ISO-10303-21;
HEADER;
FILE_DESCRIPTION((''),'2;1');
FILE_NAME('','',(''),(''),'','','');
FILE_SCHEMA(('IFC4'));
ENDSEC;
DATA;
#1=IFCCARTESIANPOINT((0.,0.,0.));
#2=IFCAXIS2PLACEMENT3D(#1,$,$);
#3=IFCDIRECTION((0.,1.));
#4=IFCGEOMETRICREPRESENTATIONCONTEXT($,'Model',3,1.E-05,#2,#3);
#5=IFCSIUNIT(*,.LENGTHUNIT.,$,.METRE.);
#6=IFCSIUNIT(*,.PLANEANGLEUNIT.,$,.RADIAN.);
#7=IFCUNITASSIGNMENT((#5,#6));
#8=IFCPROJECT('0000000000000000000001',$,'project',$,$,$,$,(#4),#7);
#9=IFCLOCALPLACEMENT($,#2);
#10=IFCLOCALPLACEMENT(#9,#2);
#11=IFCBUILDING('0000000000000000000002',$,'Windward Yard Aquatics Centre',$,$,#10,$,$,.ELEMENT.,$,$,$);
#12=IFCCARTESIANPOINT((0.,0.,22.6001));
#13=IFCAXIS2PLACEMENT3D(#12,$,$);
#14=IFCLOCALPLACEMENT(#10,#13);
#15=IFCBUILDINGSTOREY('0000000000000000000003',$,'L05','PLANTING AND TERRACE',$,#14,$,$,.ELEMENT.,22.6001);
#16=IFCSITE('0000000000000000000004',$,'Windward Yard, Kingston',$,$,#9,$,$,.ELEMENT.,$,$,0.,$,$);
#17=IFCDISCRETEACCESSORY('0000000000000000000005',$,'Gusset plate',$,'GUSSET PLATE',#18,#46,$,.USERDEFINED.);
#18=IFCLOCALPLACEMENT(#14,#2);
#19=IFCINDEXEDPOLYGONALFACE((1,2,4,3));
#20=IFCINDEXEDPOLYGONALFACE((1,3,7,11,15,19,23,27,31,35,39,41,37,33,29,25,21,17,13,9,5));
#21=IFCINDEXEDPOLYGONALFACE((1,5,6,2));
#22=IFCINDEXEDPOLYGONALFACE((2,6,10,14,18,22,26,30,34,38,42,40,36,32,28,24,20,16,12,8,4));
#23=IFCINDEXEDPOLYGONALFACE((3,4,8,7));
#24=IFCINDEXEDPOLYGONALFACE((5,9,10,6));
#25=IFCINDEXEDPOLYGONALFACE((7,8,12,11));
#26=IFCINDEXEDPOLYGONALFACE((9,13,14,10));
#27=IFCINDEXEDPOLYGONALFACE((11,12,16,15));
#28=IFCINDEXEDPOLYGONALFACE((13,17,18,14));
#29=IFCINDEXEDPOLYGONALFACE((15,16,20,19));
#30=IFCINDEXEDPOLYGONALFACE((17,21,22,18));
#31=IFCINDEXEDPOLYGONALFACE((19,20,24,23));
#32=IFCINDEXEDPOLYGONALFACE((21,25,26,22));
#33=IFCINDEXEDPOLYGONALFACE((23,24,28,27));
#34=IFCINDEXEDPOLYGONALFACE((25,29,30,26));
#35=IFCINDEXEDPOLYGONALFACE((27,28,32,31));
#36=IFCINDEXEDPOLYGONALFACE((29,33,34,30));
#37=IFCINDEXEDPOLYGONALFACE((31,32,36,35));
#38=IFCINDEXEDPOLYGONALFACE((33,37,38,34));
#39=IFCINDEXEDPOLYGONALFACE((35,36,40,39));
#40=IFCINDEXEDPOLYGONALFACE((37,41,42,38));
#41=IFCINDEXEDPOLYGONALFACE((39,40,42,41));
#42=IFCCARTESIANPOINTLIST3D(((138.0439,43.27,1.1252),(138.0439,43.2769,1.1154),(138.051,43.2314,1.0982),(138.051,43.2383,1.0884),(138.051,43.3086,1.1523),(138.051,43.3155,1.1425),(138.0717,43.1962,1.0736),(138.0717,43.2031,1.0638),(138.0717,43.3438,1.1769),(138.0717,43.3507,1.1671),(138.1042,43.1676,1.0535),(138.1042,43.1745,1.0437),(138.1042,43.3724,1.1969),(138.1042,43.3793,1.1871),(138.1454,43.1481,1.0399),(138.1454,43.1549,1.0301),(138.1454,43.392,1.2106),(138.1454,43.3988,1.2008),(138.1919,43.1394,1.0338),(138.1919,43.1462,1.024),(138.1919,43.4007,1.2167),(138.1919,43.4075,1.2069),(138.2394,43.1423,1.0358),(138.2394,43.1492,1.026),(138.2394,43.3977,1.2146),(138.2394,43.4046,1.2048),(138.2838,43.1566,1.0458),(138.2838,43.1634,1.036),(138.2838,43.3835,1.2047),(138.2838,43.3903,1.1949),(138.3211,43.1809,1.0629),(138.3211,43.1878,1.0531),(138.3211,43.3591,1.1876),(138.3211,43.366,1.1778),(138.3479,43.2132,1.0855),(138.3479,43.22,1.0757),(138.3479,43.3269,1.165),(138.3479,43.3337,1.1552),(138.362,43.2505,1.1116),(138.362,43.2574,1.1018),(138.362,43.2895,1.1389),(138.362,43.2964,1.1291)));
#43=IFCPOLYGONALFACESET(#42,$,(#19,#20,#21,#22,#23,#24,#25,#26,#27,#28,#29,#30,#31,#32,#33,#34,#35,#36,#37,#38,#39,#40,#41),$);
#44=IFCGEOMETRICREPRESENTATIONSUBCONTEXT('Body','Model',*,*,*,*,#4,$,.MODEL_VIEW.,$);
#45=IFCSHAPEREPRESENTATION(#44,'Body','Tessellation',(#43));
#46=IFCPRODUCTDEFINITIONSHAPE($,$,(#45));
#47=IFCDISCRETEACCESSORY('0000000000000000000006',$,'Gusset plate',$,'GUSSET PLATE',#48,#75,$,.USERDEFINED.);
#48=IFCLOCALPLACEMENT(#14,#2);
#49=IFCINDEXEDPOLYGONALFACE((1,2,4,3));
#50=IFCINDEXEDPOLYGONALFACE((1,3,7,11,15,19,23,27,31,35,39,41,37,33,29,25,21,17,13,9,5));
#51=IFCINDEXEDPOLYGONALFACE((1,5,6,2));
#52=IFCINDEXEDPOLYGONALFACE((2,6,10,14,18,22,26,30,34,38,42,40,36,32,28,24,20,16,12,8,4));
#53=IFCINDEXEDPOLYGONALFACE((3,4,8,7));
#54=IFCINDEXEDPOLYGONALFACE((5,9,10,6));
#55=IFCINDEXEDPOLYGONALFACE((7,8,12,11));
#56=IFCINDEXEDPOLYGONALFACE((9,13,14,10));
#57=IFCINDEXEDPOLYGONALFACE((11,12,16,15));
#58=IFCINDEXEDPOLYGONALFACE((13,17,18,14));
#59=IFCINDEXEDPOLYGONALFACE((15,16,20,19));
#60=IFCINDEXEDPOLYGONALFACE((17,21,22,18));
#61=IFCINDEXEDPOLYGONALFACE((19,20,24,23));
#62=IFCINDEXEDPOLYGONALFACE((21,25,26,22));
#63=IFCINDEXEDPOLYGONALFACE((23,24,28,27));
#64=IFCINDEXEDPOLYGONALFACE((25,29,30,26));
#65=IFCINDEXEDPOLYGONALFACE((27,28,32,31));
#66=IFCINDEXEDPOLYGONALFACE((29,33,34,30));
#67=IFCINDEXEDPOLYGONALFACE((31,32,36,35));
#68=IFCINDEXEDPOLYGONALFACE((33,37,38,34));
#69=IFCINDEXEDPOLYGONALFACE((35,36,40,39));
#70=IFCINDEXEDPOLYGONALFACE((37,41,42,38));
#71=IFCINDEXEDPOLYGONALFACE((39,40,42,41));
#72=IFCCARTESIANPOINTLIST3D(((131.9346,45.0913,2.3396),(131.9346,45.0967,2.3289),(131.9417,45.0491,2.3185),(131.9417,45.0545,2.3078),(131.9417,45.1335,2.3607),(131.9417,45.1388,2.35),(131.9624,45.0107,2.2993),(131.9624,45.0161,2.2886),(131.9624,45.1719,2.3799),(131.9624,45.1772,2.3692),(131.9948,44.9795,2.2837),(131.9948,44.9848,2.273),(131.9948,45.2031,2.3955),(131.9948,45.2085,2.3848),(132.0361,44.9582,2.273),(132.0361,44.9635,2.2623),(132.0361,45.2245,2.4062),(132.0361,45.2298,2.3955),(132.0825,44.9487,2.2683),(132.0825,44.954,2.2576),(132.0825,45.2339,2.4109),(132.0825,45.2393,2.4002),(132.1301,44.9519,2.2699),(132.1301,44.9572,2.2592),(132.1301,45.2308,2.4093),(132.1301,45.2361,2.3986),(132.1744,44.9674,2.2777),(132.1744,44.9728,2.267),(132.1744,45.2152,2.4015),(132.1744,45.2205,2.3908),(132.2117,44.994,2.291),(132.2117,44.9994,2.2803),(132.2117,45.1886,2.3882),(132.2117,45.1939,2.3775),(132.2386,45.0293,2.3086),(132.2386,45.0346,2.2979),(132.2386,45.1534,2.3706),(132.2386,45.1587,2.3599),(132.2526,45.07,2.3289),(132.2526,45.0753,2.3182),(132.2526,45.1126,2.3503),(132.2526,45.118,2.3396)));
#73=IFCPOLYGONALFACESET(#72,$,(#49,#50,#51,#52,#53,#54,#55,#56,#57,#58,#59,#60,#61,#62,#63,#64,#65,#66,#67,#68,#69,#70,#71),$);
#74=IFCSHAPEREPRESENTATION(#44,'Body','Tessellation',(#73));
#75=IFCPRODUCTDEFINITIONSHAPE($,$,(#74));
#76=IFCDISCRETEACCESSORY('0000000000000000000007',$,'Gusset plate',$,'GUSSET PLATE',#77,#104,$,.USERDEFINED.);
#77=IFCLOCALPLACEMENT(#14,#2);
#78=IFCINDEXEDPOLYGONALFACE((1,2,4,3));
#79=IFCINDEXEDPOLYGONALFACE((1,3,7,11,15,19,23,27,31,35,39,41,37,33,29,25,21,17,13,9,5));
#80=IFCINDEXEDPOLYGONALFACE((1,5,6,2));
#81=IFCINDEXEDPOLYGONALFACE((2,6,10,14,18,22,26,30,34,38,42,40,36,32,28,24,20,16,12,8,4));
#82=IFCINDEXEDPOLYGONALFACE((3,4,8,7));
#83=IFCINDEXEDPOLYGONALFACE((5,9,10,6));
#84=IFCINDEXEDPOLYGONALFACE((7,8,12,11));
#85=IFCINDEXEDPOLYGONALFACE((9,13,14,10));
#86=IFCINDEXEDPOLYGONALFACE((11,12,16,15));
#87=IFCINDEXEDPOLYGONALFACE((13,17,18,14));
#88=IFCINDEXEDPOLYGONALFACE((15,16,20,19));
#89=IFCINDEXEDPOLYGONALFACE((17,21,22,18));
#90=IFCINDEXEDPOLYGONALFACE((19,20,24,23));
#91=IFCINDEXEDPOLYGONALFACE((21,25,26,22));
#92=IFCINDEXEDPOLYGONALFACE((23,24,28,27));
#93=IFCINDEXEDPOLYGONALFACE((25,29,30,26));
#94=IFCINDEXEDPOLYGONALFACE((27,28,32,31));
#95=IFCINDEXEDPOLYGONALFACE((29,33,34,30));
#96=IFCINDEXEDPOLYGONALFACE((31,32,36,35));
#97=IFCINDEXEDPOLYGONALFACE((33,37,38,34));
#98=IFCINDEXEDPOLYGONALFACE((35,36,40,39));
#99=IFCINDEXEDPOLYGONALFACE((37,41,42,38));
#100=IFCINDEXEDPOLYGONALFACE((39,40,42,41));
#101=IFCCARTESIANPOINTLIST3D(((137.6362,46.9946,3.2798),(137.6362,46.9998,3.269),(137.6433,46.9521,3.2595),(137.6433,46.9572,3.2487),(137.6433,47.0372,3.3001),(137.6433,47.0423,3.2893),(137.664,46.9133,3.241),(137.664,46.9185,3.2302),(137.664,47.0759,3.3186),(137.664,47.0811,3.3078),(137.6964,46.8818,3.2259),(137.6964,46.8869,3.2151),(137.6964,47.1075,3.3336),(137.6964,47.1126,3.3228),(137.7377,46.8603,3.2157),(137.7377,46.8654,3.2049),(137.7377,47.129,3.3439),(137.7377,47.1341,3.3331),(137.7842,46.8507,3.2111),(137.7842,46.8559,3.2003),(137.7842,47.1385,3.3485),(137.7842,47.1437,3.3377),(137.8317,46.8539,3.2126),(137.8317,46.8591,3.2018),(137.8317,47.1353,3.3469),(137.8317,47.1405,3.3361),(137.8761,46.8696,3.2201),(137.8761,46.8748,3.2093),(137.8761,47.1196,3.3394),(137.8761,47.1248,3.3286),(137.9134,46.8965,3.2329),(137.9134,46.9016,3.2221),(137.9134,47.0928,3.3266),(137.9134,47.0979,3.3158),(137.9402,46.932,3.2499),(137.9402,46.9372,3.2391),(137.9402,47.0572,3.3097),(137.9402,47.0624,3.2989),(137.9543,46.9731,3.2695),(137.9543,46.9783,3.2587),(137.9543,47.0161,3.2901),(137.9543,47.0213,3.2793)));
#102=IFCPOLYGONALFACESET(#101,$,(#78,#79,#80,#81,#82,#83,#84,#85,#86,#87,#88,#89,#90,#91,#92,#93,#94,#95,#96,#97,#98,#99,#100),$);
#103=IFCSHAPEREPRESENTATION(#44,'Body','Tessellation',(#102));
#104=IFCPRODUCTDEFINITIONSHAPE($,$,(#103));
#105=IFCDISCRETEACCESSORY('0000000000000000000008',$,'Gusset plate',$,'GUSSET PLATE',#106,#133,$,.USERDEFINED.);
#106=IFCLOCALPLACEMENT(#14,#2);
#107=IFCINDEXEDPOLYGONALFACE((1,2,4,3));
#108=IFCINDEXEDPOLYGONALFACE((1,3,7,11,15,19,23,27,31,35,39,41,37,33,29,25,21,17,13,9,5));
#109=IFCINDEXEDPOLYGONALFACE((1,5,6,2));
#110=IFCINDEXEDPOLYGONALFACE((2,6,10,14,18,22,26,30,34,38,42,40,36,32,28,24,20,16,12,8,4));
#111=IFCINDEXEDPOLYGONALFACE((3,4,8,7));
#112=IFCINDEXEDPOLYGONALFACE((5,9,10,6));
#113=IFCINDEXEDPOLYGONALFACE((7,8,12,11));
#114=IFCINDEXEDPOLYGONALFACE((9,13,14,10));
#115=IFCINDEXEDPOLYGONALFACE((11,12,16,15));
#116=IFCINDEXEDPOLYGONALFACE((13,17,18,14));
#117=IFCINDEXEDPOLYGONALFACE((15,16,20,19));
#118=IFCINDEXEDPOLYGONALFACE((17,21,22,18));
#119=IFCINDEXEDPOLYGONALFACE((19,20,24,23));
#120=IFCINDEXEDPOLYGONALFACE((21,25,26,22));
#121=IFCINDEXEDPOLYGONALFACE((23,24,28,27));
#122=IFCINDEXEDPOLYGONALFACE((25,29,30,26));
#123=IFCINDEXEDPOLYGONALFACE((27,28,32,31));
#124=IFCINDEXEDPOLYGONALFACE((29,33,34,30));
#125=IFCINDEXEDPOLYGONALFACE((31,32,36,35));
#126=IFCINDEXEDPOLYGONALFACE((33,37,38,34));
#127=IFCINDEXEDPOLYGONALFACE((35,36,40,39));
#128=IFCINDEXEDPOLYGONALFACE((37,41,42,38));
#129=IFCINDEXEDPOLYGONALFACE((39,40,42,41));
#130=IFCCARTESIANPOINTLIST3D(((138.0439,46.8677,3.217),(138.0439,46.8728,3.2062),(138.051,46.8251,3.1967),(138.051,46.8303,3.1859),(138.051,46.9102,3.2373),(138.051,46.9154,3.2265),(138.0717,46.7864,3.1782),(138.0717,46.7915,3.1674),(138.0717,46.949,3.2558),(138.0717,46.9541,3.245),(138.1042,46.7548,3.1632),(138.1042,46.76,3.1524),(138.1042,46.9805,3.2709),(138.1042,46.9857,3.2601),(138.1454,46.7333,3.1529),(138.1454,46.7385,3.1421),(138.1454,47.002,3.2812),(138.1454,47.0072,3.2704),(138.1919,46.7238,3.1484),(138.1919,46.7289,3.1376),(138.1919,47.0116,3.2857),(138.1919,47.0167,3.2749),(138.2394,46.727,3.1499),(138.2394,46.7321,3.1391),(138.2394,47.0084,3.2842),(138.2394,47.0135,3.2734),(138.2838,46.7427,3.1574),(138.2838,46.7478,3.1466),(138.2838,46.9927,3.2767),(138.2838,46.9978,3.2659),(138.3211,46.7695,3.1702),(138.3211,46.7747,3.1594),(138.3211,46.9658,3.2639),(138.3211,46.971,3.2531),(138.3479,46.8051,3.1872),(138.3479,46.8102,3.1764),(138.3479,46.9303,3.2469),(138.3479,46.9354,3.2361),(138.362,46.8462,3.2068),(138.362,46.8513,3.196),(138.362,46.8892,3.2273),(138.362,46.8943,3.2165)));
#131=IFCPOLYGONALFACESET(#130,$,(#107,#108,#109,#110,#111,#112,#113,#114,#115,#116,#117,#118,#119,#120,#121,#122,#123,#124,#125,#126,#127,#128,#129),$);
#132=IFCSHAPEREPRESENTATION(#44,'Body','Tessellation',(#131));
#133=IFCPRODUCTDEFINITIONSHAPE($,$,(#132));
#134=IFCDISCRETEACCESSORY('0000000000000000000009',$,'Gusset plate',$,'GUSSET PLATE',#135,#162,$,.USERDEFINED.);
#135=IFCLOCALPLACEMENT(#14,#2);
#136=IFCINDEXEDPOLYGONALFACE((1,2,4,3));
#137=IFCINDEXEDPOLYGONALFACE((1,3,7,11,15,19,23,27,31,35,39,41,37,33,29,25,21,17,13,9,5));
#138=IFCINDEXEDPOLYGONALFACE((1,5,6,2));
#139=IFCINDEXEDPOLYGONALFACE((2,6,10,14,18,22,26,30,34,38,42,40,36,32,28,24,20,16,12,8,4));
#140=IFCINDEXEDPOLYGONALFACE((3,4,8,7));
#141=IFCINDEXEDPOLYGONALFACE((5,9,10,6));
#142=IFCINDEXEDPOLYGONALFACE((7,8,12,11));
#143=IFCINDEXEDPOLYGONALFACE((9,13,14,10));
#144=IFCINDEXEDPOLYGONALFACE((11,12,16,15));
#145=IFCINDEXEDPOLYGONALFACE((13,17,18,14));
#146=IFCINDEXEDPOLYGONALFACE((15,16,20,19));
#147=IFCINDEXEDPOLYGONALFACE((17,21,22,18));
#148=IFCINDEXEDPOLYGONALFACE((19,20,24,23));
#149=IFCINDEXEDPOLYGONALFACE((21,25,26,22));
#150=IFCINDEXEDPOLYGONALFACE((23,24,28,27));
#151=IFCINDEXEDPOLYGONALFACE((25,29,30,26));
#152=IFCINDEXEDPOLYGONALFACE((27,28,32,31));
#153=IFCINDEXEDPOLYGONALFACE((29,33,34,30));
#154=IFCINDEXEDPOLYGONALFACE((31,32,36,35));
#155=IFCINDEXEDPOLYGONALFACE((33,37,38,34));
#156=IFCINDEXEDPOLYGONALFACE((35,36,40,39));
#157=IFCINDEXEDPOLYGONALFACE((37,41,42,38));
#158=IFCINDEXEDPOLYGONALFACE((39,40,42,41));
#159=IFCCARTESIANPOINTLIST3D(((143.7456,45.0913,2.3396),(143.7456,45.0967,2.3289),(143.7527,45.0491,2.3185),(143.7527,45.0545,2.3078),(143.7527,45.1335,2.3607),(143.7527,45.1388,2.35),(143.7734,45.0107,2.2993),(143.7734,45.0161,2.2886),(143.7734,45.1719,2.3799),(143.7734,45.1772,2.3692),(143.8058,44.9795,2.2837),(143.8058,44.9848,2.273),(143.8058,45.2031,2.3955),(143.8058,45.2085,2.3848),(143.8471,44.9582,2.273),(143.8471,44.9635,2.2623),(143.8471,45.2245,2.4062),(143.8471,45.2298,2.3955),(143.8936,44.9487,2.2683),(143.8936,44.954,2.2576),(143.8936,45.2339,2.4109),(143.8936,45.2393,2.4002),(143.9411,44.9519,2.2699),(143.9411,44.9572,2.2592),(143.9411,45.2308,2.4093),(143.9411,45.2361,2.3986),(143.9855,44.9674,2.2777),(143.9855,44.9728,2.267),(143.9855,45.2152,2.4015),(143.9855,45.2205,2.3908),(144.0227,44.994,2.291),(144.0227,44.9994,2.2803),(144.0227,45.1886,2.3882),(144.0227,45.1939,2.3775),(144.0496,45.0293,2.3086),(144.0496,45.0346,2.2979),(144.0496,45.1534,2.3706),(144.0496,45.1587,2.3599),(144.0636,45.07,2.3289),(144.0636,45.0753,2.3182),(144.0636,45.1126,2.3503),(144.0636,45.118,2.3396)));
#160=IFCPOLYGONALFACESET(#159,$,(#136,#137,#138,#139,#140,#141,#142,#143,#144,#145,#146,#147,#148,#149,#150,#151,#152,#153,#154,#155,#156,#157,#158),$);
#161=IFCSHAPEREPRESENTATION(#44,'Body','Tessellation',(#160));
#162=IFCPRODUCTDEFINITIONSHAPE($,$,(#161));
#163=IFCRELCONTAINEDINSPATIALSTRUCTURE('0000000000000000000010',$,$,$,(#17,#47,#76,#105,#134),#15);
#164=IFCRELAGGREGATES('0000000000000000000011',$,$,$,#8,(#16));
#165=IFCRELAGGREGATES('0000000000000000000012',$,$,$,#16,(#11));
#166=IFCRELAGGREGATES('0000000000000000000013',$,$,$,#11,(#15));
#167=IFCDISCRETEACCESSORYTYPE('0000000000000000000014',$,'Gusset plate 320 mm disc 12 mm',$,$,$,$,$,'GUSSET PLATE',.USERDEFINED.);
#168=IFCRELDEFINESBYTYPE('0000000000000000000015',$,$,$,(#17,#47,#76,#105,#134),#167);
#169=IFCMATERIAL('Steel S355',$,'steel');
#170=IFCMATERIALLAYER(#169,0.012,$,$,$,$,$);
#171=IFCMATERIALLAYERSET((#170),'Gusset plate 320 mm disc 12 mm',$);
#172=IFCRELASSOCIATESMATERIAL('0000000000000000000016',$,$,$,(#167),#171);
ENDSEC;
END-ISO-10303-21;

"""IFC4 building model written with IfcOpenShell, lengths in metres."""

from ifc_helpers import new_model, si_unit, direction, frame, origin, origin_2d, place, context, subcontext, project, spatial, circle, extrude, material, layer, layer_set, type_object, element, save


model = new_model("IFC4")

# Units and contexts
model_context = context("Model", 3, precision=1e-05, world=origin(), true_north=direction((0.0, 1.0)))
body_context = subcontext(model_context, "Body", "Model", "MODEL_VIEW")
ifc_project = project(units=[si_unit("LENGTHUNIT", "METRE"), si_unit("PLANEANGLEUNIT", "RADIAN")], contexts=[model_context])

# Site, building, storey
site_placement = place(None, origin())
site = spatial("IfcSite", under=ifc_project, at=site_placement, Name="Windward Yard, Kingston", CompositionType="ELEMENT", RefElevation=0.0)
building_placement = place(site_placement, origin())
building = spatial("IfcBuilding", under=site, at=building_placement, Name="Windward Yard Aquatics Centre", CompositionType="ELEMENT")
storey_placement = place(building_placement, frame((0.0, 0.0, 22.6001)))
storey = spatial("IfcBuildingStorey", under=building, at=storey_placement, Name="L05", Description="PLANTING AND TERRACE", CompositionType="ELEMENT", Elevation=22.6001)

# Discrete accessories
ifc_material_1 = material(Name="Steel S355", Category="steel")
ifc_layer = layer(ifc_material_1, 0.012)
ifc_layer_set = layer_set([ifc_layer], Name="Gusset plate 320 mm disc 12 mm")
discrete_accessory_type = type_object("IfcDiscreteAccessoryType", Name="Gusset plate 320 mm disc 12 mm", ElementType="GUSSET PLATE", PredefinedType="USERDEFINED", material=ifc_layer_set)
for number, where, z_axis, x_axis, name in (
    (1, (138.2039, 43.27, 1.1252), (0.0, 0.573462, -0.819232), (-1.0, 0.0, 0.0), "Gusset plate"),
    (2, (132.0945, 45.0913, 2.3396), (0.0, 0.447214, -0.894427), (-1.0, 0.0, 0.0), "Gusset plate"),
    (3, (137.7961, 46.9946, 3.2798), (0.0, 0.43073, -0.902481), (-1.0, 0.0, 0.0), "Gusset plate"),
    (4, (138.2039, 46.8677, 3.217), (0.0, 0.43073, -0.902481), (-1.0, 0.0, 0.0), "Gusset plate"),
    (5, (143.9055, 45.0913, 2.3396), (0.0, 0.447214, -0.894427), (-1.0, 0.0, 0.0), "Gusset plate"),
):
    element("IfcDiscreteAccessory", number, at=place(storey_placement, frame(where, z_axis=z_axis, x_axis=x_axis)), inside=storey, type_object=discrete_accessory_type, Name=name, ObjectType="GUSSET PLATE", PredefinedType="USERDEFINED", context=body_context, shape_type="SweptSolid", body=[
        extrude(circle(Radius=0.1599, at=origin_2d()), origin(), (0.0, 0.0, 1.0), 0.012),
    ])

save(model, "model.ifc")
